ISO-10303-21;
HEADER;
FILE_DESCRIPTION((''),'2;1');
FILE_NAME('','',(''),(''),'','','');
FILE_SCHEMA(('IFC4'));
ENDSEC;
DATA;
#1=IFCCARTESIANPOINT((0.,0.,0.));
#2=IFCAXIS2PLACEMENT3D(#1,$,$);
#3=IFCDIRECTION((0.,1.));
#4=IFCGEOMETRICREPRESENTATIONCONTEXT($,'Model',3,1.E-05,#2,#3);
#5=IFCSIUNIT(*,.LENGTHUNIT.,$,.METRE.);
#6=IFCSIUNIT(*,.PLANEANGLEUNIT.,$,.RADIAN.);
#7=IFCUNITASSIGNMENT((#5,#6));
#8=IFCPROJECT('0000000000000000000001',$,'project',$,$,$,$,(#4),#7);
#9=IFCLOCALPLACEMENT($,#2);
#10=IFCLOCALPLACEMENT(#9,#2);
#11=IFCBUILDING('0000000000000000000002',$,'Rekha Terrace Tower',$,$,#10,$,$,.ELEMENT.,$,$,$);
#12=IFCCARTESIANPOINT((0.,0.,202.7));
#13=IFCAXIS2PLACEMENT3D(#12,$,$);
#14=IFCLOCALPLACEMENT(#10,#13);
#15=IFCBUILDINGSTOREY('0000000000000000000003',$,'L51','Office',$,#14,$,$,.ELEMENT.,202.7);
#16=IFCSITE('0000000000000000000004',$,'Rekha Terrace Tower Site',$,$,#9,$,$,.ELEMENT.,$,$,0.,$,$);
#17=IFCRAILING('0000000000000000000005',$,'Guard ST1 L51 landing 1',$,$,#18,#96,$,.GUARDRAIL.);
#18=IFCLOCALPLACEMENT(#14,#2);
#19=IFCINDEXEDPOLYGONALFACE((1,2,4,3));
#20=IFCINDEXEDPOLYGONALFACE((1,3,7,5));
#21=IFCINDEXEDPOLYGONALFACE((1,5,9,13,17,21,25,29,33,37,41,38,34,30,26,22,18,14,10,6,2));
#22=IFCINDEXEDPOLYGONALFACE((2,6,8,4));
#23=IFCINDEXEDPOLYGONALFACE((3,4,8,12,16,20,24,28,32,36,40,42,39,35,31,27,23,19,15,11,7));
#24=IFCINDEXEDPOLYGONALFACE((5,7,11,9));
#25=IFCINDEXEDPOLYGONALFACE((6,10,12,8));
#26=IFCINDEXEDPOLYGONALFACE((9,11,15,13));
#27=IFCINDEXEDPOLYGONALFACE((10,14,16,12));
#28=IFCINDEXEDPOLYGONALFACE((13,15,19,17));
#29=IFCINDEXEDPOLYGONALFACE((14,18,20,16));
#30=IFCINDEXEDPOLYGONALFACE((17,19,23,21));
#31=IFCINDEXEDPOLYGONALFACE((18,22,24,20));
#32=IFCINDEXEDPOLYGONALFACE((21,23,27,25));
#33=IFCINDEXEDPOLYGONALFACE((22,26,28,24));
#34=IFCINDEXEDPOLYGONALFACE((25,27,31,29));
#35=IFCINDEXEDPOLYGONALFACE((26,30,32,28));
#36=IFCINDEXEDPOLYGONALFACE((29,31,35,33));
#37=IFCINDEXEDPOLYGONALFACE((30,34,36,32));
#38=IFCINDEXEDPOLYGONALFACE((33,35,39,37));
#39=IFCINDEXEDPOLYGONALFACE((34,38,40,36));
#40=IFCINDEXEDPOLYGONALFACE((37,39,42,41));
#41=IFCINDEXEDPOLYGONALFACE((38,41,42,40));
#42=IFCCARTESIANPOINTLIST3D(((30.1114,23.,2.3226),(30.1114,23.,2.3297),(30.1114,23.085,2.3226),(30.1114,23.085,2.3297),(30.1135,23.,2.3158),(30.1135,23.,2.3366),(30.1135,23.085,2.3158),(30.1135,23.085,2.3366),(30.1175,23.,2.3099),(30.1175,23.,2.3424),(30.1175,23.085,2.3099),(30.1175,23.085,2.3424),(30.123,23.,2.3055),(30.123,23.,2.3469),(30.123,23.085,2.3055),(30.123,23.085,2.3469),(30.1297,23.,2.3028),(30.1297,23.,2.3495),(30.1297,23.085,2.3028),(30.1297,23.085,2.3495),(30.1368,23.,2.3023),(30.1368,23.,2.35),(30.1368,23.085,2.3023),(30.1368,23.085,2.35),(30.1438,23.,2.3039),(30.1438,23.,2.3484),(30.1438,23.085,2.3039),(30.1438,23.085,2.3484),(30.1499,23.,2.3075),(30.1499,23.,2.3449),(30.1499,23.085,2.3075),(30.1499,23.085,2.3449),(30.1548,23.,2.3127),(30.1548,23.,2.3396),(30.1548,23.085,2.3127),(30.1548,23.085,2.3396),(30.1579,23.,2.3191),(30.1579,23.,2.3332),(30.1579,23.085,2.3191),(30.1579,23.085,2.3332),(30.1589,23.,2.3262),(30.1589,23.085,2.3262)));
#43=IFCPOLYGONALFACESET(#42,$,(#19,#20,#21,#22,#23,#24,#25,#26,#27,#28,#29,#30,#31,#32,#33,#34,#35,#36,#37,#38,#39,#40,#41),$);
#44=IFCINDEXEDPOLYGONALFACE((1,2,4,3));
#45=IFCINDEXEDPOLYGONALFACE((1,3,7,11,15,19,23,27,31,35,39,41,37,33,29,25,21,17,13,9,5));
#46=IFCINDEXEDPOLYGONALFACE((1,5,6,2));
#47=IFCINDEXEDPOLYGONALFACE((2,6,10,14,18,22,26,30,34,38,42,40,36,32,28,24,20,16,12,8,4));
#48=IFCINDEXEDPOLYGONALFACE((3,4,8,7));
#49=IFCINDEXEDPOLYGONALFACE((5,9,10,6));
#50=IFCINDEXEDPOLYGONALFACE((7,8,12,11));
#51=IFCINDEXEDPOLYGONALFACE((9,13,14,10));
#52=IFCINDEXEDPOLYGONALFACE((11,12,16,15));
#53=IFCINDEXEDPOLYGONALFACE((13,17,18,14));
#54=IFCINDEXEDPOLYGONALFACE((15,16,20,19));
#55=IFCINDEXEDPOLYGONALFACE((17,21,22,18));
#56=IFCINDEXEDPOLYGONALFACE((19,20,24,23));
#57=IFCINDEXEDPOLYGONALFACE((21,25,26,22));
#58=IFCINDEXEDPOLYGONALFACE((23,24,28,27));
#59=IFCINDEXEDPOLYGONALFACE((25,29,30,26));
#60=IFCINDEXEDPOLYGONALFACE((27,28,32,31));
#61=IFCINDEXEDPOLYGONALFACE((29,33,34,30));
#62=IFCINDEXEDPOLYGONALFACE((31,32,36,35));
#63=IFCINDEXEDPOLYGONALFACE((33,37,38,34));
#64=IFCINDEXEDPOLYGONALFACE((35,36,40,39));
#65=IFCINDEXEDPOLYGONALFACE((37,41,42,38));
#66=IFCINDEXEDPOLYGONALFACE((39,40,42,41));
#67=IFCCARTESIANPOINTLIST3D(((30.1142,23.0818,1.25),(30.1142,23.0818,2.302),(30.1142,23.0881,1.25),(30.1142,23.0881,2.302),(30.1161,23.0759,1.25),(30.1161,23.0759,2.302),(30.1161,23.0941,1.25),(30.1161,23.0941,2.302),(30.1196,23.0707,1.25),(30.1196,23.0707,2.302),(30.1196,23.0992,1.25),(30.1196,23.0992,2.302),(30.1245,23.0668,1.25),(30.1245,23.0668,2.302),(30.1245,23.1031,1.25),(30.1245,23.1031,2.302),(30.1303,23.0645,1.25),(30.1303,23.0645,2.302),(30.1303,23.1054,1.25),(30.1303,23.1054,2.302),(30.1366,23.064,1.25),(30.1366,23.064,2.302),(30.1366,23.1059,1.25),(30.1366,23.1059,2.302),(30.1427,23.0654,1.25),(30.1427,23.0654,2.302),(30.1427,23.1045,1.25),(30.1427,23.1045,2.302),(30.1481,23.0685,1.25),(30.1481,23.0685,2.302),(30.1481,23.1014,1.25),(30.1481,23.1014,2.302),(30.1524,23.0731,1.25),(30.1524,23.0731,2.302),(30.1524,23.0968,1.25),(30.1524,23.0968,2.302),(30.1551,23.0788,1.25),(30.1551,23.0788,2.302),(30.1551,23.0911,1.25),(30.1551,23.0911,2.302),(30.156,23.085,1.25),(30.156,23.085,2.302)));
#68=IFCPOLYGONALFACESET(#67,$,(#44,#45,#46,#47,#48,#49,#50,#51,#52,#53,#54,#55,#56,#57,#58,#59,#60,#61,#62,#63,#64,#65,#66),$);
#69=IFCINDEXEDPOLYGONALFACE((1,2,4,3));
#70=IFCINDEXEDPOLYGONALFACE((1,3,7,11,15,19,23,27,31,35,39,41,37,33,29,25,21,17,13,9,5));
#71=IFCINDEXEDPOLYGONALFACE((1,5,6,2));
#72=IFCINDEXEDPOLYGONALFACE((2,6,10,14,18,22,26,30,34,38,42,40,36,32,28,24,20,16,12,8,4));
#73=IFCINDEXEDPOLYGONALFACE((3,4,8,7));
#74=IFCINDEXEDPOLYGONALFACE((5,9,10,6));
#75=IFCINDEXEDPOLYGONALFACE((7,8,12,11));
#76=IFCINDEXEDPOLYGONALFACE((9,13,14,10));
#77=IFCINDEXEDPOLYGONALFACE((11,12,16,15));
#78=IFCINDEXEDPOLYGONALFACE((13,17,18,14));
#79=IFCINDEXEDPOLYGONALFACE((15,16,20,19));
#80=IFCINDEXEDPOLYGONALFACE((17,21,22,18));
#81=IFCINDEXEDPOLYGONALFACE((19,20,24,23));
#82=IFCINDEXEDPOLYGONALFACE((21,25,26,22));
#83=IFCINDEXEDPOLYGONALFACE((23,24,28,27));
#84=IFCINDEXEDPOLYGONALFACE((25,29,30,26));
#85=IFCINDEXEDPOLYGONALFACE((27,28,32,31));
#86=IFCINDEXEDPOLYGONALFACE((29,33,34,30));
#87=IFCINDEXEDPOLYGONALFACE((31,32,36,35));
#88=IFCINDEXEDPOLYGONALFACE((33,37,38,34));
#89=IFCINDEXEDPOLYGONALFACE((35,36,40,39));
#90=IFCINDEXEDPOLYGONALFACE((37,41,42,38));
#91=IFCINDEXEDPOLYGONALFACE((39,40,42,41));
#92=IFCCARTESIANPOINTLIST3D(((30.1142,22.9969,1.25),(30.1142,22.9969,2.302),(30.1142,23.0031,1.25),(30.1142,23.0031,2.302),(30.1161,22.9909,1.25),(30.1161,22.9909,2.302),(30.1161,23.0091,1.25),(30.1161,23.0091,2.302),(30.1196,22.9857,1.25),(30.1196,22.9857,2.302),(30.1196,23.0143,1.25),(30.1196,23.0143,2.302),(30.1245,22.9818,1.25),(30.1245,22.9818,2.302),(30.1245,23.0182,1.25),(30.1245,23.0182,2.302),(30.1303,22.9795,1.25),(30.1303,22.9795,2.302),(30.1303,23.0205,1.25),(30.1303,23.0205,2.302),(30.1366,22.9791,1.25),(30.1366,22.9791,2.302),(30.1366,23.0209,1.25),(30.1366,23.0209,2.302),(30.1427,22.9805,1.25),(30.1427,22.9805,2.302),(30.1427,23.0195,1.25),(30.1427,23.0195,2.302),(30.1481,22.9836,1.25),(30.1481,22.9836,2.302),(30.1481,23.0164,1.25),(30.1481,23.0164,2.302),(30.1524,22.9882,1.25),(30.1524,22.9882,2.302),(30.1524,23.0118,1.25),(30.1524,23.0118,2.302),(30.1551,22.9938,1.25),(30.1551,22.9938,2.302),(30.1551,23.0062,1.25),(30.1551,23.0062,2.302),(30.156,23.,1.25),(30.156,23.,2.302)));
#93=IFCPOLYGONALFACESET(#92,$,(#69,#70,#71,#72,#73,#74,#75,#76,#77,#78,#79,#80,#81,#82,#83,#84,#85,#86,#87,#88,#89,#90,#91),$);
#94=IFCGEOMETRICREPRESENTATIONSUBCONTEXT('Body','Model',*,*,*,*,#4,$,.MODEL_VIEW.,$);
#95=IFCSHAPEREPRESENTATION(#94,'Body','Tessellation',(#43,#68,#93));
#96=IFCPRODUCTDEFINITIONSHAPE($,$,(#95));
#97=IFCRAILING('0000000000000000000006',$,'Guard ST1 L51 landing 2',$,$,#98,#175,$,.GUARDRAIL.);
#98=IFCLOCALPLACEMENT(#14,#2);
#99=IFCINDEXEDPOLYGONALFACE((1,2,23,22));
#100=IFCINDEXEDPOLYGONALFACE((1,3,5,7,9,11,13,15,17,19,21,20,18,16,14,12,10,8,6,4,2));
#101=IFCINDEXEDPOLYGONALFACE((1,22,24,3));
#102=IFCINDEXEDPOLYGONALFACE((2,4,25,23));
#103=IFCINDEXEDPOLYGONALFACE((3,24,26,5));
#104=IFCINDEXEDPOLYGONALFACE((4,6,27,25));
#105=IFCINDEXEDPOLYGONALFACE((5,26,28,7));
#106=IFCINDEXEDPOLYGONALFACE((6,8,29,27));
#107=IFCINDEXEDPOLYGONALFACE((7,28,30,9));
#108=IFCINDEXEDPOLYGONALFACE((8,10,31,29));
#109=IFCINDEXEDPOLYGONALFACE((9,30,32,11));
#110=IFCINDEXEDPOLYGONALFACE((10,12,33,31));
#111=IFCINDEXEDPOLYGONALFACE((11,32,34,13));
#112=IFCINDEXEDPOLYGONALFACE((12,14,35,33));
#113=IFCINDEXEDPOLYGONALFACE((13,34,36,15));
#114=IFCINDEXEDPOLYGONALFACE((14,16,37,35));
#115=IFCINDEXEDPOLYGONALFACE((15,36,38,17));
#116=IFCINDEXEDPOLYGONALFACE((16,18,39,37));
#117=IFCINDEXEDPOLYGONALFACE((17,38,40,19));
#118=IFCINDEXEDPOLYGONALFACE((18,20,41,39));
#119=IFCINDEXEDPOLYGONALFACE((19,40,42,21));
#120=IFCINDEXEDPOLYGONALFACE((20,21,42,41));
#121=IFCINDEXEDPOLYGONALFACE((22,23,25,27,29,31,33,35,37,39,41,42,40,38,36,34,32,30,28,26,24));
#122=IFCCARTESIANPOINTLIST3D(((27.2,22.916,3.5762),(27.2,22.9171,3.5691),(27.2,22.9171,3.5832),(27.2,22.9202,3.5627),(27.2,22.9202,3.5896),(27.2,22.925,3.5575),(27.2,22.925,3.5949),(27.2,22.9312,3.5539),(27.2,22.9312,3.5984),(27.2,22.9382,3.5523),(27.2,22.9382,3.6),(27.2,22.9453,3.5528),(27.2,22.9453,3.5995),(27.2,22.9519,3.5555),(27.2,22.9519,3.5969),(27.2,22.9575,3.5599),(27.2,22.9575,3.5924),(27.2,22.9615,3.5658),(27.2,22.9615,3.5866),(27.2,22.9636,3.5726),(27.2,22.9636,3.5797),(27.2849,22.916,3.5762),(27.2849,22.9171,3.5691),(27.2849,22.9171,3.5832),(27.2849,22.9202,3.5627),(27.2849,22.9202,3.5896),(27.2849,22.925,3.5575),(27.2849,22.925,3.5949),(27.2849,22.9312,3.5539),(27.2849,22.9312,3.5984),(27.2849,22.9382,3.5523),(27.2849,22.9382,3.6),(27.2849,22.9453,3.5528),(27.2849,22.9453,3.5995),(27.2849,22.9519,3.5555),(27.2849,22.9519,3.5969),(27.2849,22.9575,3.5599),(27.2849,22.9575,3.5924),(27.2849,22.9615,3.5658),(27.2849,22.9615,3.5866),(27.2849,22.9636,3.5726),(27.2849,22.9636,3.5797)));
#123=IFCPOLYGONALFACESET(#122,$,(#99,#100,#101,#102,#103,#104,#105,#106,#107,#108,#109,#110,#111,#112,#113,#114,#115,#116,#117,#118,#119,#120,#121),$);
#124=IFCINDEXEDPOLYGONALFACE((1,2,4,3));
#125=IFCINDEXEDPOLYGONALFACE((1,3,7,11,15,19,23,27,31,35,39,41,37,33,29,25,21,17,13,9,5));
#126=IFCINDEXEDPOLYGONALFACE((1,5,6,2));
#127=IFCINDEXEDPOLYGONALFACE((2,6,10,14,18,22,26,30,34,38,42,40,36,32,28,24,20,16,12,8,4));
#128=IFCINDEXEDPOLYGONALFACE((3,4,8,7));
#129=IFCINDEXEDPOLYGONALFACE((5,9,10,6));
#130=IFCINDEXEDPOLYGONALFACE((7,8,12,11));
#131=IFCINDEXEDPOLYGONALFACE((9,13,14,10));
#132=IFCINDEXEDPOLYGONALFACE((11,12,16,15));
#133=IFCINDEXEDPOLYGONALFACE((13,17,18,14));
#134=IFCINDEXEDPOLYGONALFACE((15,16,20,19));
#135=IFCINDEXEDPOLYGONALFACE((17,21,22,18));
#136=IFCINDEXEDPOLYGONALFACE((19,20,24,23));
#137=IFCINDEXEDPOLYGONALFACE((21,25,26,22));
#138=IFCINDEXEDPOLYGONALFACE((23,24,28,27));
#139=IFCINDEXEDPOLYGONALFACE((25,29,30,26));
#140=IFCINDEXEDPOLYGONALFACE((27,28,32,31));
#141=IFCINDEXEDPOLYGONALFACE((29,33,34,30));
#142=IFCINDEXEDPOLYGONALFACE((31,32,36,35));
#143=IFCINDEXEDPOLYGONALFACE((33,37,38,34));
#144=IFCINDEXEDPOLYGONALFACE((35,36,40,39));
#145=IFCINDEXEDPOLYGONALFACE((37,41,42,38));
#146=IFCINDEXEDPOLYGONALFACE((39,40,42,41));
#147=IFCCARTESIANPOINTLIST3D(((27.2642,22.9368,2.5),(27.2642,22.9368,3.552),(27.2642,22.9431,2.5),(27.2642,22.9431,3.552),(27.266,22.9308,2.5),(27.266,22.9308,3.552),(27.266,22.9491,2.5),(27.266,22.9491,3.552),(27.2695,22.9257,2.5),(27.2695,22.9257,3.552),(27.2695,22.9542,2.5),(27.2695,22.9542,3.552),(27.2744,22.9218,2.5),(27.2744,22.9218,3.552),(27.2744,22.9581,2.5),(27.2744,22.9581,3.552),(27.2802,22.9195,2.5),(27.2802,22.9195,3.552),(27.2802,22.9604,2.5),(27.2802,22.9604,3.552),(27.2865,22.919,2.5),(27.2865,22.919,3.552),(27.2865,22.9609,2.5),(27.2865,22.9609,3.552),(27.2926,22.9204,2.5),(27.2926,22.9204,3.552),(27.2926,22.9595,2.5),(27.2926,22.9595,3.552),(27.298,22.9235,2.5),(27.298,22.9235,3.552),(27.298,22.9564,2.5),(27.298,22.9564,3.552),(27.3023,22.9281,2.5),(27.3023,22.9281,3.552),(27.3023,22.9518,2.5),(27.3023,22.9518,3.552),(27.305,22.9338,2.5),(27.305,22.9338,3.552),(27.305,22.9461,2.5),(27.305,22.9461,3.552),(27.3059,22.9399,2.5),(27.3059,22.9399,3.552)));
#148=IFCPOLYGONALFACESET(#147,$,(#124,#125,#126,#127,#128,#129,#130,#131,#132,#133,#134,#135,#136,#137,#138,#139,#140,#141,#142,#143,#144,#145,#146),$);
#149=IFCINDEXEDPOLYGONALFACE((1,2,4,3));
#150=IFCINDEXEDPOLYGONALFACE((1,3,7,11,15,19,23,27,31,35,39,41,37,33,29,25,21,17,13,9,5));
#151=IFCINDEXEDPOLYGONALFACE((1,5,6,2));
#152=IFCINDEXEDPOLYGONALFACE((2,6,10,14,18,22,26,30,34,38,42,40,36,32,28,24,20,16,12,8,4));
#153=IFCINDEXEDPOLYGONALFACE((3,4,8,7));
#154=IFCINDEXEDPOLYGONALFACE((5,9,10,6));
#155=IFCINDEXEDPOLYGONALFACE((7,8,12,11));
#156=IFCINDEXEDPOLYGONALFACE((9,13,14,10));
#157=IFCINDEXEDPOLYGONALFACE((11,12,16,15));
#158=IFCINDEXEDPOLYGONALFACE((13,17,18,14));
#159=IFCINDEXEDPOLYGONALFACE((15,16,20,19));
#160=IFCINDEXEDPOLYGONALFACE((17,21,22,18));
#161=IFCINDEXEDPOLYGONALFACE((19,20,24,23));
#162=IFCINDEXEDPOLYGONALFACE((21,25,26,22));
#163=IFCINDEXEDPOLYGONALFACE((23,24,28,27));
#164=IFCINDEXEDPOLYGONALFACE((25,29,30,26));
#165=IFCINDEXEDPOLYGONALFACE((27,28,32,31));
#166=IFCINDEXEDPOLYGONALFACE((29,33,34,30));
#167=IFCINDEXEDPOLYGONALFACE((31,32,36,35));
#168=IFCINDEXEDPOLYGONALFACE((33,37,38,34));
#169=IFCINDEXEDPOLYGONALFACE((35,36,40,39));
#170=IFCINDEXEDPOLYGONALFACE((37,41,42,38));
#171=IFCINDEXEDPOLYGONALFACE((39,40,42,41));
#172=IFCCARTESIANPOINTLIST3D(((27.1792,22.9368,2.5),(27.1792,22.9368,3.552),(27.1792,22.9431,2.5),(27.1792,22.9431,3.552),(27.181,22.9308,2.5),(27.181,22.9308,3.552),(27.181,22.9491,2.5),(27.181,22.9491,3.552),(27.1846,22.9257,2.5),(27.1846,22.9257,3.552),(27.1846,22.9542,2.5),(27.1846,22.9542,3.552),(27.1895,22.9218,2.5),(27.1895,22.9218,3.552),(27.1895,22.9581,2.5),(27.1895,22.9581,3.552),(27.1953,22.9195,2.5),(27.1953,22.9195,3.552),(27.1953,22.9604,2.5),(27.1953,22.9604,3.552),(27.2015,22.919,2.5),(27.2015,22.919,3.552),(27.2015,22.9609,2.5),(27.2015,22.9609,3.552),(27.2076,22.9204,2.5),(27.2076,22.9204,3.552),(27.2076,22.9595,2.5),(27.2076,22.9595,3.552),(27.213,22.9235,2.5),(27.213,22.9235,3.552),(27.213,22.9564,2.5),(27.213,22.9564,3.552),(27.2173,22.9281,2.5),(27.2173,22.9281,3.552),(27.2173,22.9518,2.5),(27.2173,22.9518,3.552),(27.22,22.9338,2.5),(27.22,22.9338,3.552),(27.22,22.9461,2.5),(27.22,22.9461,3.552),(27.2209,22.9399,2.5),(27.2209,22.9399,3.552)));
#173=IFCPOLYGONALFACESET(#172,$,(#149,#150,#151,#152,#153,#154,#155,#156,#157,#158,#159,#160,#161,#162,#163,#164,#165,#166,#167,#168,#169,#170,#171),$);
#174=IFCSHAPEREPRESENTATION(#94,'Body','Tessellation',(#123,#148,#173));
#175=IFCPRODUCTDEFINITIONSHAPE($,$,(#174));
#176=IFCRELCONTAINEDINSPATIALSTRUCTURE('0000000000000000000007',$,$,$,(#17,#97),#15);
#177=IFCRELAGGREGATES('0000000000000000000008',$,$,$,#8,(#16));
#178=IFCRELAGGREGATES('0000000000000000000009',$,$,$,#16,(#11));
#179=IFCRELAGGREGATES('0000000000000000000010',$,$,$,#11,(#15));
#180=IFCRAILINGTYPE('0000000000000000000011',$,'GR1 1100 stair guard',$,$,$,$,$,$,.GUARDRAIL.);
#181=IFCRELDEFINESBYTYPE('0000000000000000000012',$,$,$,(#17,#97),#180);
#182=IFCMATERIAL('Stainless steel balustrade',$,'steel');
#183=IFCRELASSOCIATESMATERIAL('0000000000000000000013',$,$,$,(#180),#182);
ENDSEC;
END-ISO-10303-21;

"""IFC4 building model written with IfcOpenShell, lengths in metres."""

from ifc_helpers import new_model, si_unit, direction, frame, origin, origin_2d, place, context, subcontext, project, spatial, circle, extrude, material, type_object, element, save


model = new_model("IFC4")

# Units and contexts
model_context = context("Model", 3, precision=1e-05, world=origin(), true_north=direction((0.0, 1.0)))
body_context = subcontext(model_context, "Body", "Model", "MODEL_VIEW")
ifc_project = project(units=[si_unit("LENGTHUNIT", "METRE"), si_unit("PLANEANGLEUNIT", "RADIAN")], contexts=[model_context])

# Site, building, storey
site_placement = place(None, origin())
site = spatial("IfcSite", under=ifc_project, at=site_placement, Name="Rekha Terrace Tower Site", CompositionType="ELEMENT", RefElevation=0.0)
building_placement = place(site_placement, origin())
building = spatial("IfcBuilding", under=site, at=building_placement, Name="Rekha Terrace Tower", CompositionType="ELEMENT")
storey_placement = place(building_placement, frame((0.0, 0.0, 202.7)))
storey = spatial("IfcBuildingStorey", under=building, at=storey_placement, Name="L51", Description="Office", CompositionType="ELEMENT", Elevation=202.7)

# Railings
ifc_material_1 = material(Name="Stainless steel balustrade", Category="steel")
railing_type_1 = type_object("IfcRailingType", Name="GR1 1100 stair guard", PredefinedType="GUARDRAIL", material=ifc_material_1)
railing_1_placement = place(storey_placement, frame((30.135, 23.085, 1.25)))
element("IfcRailing", 1, at=railing_1_placement, inside=storey, type_object=railing_type_1, Name="Guard ST1 L51 landing 1", PredefinedType="GUARDRAIL", context=body_context, shape_type="SweptSolid", body=[
    extrude(circle(Radius=0.0239, at=origin_2d()), frame((0.0, 0.0, 1.0762), z_axis=(0.0, -1.0, 0.0), x_axis=(1.0, 0.0, 0.0)), (0.0, 0.0, 1.0), 0.085),
    extrude(circle(Radius=0.021, at=origin_2d()), origin(), (0.0, 0.0, 1.0), 1.052),
    extrude(circle(Radius=0.021, at=origin_2d()), frame((0.0, -0.085, 0.0)), (0.0, 0.0, 1.0), 1.052),
])
railing_2_placement = place(storey_placement, frame((27.2849, 22.9399, 2.5)))
element("IfcRailing", 2, at=railing_2_placement, inside=storey, type_object=railing_type_1, Name="Guard ST1 L51 landing 2", PredefinedType="GUARDRAIL", context=body_context, shape_type="SweptSolid", body=[
    extrude(circle(Radius=0.0239, at=origin_2d()), frame((0.0, 0.0, 1.0762), z_axis=(-1.0, 0.0, 0.0), x_axis=(0.0, -1.0, 0.0)), (0.0, 0.0, 1.0), 0.085),
    extrude(circle(Radius=0.021, at=origin_2d()), origin(), (0.0, 0.0, 1.0), 1.052),
    extrude(circle(Radius=0.021, at=origin_2d()), frame((-0.085, 0.0, 0.0)), (0.0, 0.0, 1.0), 1.052),
])

save(model, "model.ifc")
